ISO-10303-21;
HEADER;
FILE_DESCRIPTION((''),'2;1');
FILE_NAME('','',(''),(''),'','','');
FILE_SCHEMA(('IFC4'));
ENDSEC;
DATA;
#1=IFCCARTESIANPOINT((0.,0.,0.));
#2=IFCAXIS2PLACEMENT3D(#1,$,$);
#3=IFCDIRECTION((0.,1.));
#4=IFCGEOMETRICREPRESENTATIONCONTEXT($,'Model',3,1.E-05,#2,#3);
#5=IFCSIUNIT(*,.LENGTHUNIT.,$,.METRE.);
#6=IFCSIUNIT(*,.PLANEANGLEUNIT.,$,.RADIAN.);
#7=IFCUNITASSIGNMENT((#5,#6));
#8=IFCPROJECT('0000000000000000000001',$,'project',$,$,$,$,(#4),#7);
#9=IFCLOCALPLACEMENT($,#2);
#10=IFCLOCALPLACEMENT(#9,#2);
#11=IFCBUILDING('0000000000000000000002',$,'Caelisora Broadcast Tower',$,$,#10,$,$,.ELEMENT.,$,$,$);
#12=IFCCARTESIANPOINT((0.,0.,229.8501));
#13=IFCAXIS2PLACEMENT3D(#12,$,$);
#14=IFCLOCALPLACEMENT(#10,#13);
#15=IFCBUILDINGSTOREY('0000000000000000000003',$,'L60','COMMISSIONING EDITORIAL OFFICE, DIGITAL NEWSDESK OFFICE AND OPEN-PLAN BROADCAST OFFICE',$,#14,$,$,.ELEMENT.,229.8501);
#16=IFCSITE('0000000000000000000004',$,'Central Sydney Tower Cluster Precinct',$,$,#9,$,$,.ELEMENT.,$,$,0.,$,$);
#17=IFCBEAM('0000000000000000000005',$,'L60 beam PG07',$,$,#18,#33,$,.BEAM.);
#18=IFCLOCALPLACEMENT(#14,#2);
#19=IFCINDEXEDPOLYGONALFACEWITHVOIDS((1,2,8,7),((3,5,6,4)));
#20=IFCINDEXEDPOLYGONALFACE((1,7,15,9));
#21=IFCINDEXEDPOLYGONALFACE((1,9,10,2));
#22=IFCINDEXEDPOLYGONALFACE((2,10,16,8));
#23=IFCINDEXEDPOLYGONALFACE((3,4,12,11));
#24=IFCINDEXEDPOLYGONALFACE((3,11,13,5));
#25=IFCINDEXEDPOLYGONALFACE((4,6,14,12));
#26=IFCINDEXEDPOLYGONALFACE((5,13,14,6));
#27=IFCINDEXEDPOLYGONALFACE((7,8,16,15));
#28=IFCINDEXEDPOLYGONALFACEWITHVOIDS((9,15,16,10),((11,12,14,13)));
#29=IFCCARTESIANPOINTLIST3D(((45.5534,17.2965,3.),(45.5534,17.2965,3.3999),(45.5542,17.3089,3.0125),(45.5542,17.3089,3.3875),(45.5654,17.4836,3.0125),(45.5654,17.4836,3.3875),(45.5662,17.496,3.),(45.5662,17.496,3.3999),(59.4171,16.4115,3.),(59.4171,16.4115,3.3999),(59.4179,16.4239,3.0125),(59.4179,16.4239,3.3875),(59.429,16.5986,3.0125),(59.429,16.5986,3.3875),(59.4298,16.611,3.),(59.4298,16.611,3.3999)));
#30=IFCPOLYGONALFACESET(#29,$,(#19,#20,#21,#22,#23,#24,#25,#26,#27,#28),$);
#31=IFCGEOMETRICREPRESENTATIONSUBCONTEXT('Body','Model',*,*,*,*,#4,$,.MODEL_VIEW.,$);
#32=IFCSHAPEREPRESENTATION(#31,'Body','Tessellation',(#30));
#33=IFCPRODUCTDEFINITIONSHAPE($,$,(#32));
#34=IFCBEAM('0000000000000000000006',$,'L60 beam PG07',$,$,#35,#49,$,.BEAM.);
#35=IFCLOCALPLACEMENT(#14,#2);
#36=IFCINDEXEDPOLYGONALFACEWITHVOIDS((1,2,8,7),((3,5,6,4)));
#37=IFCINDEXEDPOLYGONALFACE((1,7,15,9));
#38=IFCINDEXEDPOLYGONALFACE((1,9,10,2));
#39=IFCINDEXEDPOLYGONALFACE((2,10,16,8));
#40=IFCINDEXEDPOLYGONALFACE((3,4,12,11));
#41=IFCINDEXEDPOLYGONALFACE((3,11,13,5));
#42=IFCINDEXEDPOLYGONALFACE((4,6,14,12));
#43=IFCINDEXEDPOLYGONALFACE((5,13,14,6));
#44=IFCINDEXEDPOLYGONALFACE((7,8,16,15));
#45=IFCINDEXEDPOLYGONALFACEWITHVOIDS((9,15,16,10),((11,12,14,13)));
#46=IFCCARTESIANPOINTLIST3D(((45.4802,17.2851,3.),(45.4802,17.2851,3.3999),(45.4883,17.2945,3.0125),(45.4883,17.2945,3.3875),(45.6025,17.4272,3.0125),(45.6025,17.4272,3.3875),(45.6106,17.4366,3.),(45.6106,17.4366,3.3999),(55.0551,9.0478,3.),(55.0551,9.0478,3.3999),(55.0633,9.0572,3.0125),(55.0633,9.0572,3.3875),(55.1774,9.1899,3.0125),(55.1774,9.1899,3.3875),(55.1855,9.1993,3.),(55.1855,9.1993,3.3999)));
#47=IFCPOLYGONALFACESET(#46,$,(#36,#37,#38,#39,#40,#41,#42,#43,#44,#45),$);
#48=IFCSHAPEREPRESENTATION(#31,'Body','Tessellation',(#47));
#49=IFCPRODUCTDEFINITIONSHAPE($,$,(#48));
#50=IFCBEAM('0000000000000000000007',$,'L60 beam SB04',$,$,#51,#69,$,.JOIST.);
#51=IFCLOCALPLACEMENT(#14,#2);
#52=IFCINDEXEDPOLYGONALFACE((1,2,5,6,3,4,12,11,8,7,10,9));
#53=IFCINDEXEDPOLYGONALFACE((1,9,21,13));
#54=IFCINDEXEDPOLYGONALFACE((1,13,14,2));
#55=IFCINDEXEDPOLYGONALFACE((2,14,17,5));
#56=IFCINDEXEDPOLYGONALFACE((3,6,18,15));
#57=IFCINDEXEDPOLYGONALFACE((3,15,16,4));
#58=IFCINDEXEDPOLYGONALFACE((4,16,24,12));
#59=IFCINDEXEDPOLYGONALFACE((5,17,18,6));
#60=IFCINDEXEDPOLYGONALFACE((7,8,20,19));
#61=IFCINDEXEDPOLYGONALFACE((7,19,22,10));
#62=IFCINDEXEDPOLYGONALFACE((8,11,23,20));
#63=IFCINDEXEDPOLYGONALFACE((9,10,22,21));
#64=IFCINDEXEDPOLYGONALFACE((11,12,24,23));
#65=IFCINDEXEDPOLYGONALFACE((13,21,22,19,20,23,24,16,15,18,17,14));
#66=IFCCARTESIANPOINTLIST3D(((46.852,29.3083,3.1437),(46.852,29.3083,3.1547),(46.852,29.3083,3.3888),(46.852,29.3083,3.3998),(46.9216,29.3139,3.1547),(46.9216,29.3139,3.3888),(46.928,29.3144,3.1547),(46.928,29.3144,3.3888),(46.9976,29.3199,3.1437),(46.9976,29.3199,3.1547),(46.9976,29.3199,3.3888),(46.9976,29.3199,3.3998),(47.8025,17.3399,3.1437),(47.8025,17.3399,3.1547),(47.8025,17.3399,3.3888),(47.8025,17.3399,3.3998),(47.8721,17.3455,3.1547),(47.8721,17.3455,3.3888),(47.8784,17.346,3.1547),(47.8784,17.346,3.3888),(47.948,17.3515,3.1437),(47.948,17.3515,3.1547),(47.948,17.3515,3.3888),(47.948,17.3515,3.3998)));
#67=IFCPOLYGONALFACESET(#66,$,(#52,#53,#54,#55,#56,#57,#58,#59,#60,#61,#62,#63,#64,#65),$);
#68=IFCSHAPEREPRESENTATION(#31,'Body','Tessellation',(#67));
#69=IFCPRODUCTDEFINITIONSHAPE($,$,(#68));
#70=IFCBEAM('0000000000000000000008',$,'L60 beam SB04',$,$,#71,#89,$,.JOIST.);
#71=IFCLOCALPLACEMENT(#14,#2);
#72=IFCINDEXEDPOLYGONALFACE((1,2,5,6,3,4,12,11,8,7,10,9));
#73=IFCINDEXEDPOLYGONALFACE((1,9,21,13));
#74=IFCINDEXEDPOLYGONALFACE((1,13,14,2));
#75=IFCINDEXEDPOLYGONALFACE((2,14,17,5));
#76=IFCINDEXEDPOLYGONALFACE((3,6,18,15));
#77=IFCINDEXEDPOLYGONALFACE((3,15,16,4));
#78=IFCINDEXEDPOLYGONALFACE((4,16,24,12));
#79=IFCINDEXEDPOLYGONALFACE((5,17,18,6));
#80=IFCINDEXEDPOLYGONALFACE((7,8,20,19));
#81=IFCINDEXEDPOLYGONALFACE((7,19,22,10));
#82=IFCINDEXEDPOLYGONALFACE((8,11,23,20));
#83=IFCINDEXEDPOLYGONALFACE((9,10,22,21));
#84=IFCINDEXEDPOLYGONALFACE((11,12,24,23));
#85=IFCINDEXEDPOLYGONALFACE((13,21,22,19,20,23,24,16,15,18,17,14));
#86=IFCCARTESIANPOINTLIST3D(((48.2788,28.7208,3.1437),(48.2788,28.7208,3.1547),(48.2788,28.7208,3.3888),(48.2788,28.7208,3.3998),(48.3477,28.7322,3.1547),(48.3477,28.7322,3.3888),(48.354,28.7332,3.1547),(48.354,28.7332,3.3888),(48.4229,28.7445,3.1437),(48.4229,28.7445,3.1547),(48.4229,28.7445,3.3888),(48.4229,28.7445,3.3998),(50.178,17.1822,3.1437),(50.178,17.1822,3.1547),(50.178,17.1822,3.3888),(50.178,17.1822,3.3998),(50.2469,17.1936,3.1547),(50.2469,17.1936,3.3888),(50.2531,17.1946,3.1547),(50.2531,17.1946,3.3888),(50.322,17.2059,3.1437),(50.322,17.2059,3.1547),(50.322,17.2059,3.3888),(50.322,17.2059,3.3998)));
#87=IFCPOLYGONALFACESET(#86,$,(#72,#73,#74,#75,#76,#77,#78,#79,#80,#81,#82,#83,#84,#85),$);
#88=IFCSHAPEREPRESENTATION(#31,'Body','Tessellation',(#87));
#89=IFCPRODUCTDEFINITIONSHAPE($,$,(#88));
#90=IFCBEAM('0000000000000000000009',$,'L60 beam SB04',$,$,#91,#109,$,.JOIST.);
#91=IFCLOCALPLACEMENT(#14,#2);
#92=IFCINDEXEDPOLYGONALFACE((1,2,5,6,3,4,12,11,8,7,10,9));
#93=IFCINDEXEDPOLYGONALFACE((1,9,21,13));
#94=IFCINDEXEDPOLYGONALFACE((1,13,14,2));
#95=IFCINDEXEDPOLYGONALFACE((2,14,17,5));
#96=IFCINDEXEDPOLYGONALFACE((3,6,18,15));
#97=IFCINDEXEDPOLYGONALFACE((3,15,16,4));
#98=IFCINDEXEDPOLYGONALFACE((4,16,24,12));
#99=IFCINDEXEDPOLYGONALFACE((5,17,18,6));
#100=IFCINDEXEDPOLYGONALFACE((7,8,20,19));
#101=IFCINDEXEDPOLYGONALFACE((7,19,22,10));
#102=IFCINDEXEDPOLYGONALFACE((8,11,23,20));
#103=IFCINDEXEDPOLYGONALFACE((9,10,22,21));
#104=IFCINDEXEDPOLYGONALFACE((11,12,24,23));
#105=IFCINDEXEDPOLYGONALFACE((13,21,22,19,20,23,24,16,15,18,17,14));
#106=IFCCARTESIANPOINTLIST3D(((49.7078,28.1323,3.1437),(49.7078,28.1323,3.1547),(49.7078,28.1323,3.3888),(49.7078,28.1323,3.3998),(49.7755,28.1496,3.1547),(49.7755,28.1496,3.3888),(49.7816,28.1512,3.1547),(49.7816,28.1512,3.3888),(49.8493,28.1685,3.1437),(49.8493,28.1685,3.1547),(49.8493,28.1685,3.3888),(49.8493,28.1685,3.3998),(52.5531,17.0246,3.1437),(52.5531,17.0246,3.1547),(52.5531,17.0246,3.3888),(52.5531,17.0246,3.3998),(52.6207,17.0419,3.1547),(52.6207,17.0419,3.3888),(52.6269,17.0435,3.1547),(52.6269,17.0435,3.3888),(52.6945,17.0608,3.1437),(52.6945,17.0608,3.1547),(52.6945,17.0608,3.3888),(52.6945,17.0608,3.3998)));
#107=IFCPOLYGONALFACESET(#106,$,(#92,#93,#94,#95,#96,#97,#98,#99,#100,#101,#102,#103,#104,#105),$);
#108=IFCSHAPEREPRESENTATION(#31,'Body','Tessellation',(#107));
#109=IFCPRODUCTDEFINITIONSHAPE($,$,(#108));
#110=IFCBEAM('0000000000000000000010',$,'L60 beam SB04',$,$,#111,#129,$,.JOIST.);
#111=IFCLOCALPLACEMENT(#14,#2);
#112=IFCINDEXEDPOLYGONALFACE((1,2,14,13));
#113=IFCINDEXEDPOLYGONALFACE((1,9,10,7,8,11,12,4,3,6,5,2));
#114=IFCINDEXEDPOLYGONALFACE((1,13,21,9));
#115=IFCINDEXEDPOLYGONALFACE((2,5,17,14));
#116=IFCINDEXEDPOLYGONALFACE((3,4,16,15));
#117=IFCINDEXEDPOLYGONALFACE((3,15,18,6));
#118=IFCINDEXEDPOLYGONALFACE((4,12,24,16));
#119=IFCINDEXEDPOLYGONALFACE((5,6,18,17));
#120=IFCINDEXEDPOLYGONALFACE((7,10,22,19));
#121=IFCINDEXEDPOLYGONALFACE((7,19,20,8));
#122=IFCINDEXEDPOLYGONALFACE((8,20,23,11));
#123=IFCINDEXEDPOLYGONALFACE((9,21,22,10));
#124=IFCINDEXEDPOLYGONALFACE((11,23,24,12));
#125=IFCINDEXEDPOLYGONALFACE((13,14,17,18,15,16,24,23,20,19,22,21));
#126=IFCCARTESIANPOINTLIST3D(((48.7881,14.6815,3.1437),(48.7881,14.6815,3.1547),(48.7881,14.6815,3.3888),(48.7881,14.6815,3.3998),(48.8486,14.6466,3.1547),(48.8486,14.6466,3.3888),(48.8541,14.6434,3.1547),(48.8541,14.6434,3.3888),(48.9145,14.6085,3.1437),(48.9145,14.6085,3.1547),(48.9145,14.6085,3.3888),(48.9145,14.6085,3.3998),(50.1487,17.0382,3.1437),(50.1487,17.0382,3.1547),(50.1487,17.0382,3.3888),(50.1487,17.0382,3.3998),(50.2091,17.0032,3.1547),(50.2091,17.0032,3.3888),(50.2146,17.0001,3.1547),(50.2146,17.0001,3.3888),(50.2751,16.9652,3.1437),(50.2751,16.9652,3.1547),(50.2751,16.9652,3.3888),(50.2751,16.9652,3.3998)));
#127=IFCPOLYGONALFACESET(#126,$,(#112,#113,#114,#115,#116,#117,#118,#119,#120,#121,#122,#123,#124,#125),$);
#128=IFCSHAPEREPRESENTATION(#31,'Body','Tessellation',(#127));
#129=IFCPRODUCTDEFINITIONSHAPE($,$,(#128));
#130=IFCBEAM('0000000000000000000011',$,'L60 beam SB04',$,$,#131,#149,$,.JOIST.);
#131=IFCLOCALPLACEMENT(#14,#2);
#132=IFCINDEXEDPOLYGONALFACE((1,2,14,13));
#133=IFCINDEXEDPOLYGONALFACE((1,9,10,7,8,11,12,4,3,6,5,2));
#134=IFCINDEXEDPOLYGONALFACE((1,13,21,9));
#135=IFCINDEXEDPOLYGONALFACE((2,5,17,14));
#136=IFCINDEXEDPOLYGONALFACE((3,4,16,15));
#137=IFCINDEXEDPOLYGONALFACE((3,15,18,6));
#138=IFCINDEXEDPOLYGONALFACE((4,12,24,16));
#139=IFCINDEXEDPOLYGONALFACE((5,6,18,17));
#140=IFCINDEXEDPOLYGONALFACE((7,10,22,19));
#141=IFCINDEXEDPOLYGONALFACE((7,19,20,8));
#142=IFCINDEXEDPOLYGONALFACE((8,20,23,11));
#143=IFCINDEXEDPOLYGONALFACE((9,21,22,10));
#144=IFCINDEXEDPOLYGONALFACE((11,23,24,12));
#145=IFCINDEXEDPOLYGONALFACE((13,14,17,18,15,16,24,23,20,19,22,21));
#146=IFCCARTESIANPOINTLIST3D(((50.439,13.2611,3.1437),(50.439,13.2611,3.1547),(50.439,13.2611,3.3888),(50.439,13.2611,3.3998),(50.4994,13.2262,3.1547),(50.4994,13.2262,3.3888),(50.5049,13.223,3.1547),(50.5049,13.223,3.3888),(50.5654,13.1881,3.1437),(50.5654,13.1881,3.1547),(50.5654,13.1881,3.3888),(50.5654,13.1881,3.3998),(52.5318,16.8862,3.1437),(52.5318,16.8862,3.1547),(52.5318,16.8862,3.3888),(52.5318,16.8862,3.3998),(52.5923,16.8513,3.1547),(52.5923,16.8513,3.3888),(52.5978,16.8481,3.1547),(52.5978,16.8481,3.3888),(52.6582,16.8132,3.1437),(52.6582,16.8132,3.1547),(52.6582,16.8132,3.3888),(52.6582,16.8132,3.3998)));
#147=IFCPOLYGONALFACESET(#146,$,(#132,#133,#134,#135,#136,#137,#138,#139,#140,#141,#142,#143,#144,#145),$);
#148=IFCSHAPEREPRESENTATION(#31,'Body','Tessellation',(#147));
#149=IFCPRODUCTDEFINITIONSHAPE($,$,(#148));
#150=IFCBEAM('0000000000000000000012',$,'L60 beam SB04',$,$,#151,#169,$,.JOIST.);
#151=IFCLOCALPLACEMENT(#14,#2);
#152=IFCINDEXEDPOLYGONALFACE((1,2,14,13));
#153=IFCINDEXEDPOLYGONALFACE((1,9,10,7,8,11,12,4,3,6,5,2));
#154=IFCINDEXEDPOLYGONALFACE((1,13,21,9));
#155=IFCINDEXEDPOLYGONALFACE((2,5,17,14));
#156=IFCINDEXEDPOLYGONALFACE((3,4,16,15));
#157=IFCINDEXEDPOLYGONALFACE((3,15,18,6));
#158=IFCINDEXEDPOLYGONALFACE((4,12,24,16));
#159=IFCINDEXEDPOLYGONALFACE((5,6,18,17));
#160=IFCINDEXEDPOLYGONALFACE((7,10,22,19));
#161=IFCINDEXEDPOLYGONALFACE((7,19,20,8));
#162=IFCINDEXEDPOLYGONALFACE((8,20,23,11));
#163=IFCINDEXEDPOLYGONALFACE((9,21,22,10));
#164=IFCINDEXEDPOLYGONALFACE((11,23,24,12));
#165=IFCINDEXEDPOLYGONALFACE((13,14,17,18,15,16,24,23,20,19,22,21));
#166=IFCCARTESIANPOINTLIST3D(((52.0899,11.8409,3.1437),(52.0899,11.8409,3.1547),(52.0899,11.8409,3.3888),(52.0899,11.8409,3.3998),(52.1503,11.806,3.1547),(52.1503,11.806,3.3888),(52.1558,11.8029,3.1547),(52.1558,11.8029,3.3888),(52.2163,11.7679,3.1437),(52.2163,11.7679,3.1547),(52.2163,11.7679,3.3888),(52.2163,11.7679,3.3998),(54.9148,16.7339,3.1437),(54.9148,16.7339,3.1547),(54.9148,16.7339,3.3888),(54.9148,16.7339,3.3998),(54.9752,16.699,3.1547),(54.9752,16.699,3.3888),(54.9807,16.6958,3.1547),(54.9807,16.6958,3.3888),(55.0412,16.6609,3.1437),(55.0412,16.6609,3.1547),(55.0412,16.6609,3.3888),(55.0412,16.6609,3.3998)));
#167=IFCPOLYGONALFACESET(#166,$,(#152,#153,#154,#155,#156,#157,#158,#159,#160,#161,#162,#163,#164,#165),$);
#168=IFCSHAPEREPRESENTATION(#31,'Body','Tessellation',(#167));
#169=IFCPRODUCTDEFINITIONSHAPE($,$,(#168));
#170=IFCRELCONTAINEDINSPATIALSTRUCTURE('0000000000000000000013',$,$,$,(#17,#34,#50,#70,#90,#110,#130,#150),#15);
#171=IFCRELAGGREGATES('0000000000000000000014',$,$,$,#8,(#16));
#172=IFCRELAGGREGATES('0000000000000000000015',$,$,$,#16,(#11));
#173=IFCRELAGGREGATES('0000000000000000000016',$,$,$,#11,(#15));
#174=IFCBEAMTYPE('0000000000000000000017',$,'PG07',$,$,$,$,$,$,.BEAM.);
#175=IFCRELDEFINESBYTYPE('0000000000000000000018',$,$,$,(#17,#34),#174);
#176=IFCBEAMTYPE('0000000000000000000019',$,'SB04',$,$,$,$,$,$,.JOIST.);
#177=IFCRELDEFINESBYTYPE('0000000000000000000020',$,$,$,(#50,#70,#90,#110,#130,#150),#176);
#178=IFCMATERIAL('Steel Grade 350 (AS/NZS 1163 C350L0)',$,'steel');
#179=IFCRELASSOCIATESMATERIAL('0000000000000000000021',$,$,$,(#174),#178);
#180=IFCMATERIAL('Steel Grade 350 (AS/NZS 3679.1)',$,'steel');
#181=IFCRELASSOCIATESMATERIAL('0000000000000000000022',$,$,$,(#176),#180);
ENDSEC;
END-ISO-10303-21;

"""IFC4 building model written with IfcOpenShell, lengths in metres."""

from ifc_helpers import new_model, si_unit, direction, frame, origin, origin_2d, place, context, subcontext, project, spatial, hollow_rectangle, i_section, extrude, source, transform, mapped, material, material_profile, profile_set, type_object, type_shapes, element, save


model = new_model("IFC4")

# Units and contexts
model_context = context("Model", 3, precision=1e-05, world=origin(), true_north=direction((0.0, 1.0)))
body_context = subcontext(model_context, "Body", "Model", "MODEL_VIEW")
ifc_project = project(units=[si_unit("LENGTHUNIT", "METRE"), si_unit("PLANEANGLEUNIT", "RADIAN")], contexts=[model_context])

# Site, building, storey
site_placement = place(None, origin())
site = spatial("IfcSite", under=ifc_project, at=site_placement, Name="Central Sydney Tower Cluster Precinct", CompositionType="ELEMENT", RefElevation=0.0)
building_placement = place(site_placement, origin())
building = spatial("IfcBuilding", under=site, at=building_placement, Name="Caelisora Broadcast Tower", CompositionType="ELEMENT")
storey_placement = place(building_placement, frame((0.0, 0.0, 229.8501)))
storey = spatial("IfcBuildingStorey", under=building, at=storey_placement, Name="L60", Description="COMMISSIONING EDITORIAL OFFICE, DIGITAL NEWSDESK OFFICE AND OPEN-PLAN BROADCAST OFFICE", CompositionType="ELEMENT", Elevation=229.8501)

# Beams
ifc_material_1 = material(Name="Steel Grade 350 (AS/NZS 1163 C350L0)", Category="steel")
ifc_material_profile_1 = material_profile(ifc_material_1, hollow_rectangle(XDim=0.2, YDim=0.3999, WallThickness=0.0125, at=origin_2d()), Name="Steel Grade 350 (AS/NZS 1163 C350L0)")
ifc_profile_set_1 = profile_set([ifc_material_profile_1], Name="Steel Grade 350 (AS/NZS 1163 C350L0)")
beam_type_1 = type_object("IfcBeamType", Name="PG07", PredefinedType="BEAM", material=ifc_profile_set_1)
shared_shape_1 = source(origin(), body_context, "Body", "SweptSolid", [
    extrude(hollow_rectangle(XDim=0.2, YDim=0.3999, WallThickness=0.0125, at=origin_2d()), origin(), (0.0, 0.0, 1.0), 13.8918),
])
beam_1_placement = place(storey_placement, frame((45.5598, 17.3962, 3.2), z_axis=(0.997969, -0.063708, 0.0), x_axis=(0.063708, 0.997969, 0.0)))
element("IfcBeam", 1, at=beam_1_placement, inside=storey, type_object=beam_type_1, Name="L60 beam PG07", PredefinedType="BEAM", context=body_context, shape_type="MappedRepresentation", body=[
    mapped(shared_shape_1, transform((0.0, 0.0, 0.0), scale=1.0)),
])
shared_shape_2 = source(origin(), body_context, "Body", "SweptSolid", [
    extrude(hollow_rectangle(XDim=0.2, YDim=0.3999, WallThickness=0.0125, at=origin_2d()), origin(), (0.0, 0.0, 1.0), 12.6306),
])
type_shapes(beam_type_1, [shared_shape_1, shared_shape_2])
beam_2_placement = place(storey_placement, frame((45.5454, 17.3608, 3.2), z_axis=(0.758074, -0.652169, 0.0), x_axis=(0.652169, 0.758074, 0.0)))
element("IfcBeam", 2, at=beam_2_placement, inside=storey, type_object=beam_type_1, Name="L60 beam PG07", PredefinedType="BEAM", context=body_context, shape_type="MappedRepresentation", body=[
    mapped(shared_shape_2, transform((0.0, 0.0, 0.0), scale=1.0)),
])
ifc_material_2 = material(Name="Steel Grade 350 (AS/NZS 3679.1)", Category="steel")
ifc_material_profile_2 = material_profile(ifc_material_2, i_section(OverallWidth=0.146, OverallDepth=0.2561, WebThickness=0.0063, FlangeThickness=0.011, at=origin_2d()), Name="Steel Grade 350 (AS/NZS 3679.1)")
ifc_profile_set_2 = profile_set([ifc_material_profile_2], Name="Steel Grade 350 (AS/NZS 3679.1)")
beam_type_2 = type_object("IfcBeamType", Name="SB04", PredefinedType="JOIST", material=ifc_profile_set_2)
shared_shape_3 = source(origin(), body_context, "Body", "SweptSolid", [
    extrude(i_section(OverallWidth=0.146, OverallDepth=0.2561, WebThickness=0.0063, FlangeThickness=0.011, at=origin_2d()), origin(), (0.0, 0.0, 1.0), 12.0061),
])
beam_3_placement = place(storey_placement, frame((47.8752, 17.3457, 3.2717), z_axis=(-0.079162, 0.996862, 0.0), x_axis=(-0.996862, -0.079162, 0.0)))
element("IfcBeam", 3, at=beam_3_placement, inside=storey, type_object=beam_type_2, Name="L60 beam SB04", PredefinedType="JOIST", context=body_context, shape_type="MappedRepresentation", body=[
    mapped(shared_shape_3, transform((0.0, 0.0, 0.0), scale=1.0)),
])
shared_shape_4 = source(origin(), body_context, "Body", "SweptSolid", [
    extrude(i_section(OverallWidth=0.146, OverallDepth=0.2561, WebThickness=0.0063, FlangeThickness=0.011, at=origin_2d()), origin(), (0.0, 0.0, 1.0), 11.6938),
])
beam_4_placement = place(storey_placement, frame((50.25, 17.1941, 3.2717), z_axis=(-0.162408, 0.986724, 0.0), x_axis=(-0.986724, -0.162408, 0.0)))
element("IfcBeam", 4, at=beam_4_placement, inside=storey, type_object=beam_type_2, Name="L60 beam SB04", PredefinedType="JOIST", context=body_context, shape_type="MappedRepresentation", body=[
    mapped(shared_shape_4, transform((0.0, 0.0, 0.0), scale=1.0)),
])
shared_shape_5 = source(origin(), body_context, "Body", "SweptSolid", [
    extrude(i_section(OverallWidth=0.146, OverallDepth=0.2561, WebThickness=0.0063, FlangeThickness=0.011, at=origin_2d()), origin(), (0.0, 0.0, 1.0), 11.4663),
])
beam_5_placement = place(storey_placement, frame((52.6238, 17.0427, 3.2717), z_axis=(-0.248138, 0.968725, 0.0), x_axis=(-0.968725, -0.248138, 0.0)))
element("IfcBeam", 5, at=beam_5_placement, inside=storey, type_object=beam_type_2, Name="L60 beam SB04", PredefinedType="JOIST", context=body_context, shape_type="MappedRepresentation", body=[
    mapped(shared_shape_5, transform((0.0, 0.0, 0.0), scale=1.0)),
])
shared_shape_6 = source(origin(), body_context, "Body", "SweptSolid", [
    extrude(i_section(OverallWidth=0.146, OverallDepth=0.2561, WebThickness=0.0063, FlangeThickness=0.011, at=origin_2d()), origin(), (0.0, 0.0, 1.0), 2.7212),
])
beam_6_placement = place(storey_placement, frame((48.8513, 14.645, 3.2717), z_axis=(0.499989, 0.866032, 0.0), x_axis=(-0.866032, 0.499989, 0.0)))
element("IfcBeam", 6, at=beam_6_placement, inside=storey, type_object=beam_type_2, Name="L60 beam SB04", PredefinedType="JOIST", context=body_context, shape_type="MappedRepresentation", body=[
    mapped(shared_shape_6, transform((0.0, 0.0, 0.0), scale=1.0)),
])
shared_shape_7 = source(origin(), body_context, "Body", "SweptSolid", [
    extrude(i_section(OverallWidth=0.146, OverallDepth=0.2561, WebThickness=0.0063, FlangeThickness=0.011, at=origin_2d()), origin(), (0.0, 0.0, 1.0), 4.1858),
])
beam_7_placement = place(storey_placement, frame((50.5022, 13.2246, 3.2717), z_axis=(0.499978, 0.866038, 0.0), x_axis=(-0.866038, 0.499978, 0.0)))
element("IfcBeam", 7, at=beam_7_placement, inside=storey, type_object=beam_type_2, Name="L60 beam SB04", PredefinedType="JOIST", context=body_context, shape_type="MappedRepresentation", body=[
    mapped(shared_shape_7, transform((0.0, 0.0, 0.0), scale=1.0)),
])
shared_shape_8 = source(origin(), body_context, "Body", "SweptSolid", [
    extrude(i_section(OverallWidth=0.146, OverallDepth=0.2561, WebThickness=0.0063, FlangeThickness=0.011, at=origin_2d()), origin(), (0.0, 0.0, 1.0), 5.6499),
])
type_shapes(beam_type_2, [shared_shape_3, shared_shape_4, shared_shape_5, shared_shape_6, shared_shape_7, shared_shape_8])
beam_8_placement = place(storey_placement, frame((52.1531, 11.8044, 3.2717), z_axis=(0.499992, 0.86603, 0.0), x_axis=(-0.86603, 0.499992, 0.0)))
element("IfcBeam", 8, at=beam_8_placement, inside=storey, type_object=beam_type_2, Name="L60 beam SB04", PredefinedType="JOIST", context=body_context, shape_type="MappedRepresentation", body=[
    mapped(shared_shape_8, transform((0.0, 0.0, 0.0), scale=1.0)),
])

save(model, "model.ifc")
